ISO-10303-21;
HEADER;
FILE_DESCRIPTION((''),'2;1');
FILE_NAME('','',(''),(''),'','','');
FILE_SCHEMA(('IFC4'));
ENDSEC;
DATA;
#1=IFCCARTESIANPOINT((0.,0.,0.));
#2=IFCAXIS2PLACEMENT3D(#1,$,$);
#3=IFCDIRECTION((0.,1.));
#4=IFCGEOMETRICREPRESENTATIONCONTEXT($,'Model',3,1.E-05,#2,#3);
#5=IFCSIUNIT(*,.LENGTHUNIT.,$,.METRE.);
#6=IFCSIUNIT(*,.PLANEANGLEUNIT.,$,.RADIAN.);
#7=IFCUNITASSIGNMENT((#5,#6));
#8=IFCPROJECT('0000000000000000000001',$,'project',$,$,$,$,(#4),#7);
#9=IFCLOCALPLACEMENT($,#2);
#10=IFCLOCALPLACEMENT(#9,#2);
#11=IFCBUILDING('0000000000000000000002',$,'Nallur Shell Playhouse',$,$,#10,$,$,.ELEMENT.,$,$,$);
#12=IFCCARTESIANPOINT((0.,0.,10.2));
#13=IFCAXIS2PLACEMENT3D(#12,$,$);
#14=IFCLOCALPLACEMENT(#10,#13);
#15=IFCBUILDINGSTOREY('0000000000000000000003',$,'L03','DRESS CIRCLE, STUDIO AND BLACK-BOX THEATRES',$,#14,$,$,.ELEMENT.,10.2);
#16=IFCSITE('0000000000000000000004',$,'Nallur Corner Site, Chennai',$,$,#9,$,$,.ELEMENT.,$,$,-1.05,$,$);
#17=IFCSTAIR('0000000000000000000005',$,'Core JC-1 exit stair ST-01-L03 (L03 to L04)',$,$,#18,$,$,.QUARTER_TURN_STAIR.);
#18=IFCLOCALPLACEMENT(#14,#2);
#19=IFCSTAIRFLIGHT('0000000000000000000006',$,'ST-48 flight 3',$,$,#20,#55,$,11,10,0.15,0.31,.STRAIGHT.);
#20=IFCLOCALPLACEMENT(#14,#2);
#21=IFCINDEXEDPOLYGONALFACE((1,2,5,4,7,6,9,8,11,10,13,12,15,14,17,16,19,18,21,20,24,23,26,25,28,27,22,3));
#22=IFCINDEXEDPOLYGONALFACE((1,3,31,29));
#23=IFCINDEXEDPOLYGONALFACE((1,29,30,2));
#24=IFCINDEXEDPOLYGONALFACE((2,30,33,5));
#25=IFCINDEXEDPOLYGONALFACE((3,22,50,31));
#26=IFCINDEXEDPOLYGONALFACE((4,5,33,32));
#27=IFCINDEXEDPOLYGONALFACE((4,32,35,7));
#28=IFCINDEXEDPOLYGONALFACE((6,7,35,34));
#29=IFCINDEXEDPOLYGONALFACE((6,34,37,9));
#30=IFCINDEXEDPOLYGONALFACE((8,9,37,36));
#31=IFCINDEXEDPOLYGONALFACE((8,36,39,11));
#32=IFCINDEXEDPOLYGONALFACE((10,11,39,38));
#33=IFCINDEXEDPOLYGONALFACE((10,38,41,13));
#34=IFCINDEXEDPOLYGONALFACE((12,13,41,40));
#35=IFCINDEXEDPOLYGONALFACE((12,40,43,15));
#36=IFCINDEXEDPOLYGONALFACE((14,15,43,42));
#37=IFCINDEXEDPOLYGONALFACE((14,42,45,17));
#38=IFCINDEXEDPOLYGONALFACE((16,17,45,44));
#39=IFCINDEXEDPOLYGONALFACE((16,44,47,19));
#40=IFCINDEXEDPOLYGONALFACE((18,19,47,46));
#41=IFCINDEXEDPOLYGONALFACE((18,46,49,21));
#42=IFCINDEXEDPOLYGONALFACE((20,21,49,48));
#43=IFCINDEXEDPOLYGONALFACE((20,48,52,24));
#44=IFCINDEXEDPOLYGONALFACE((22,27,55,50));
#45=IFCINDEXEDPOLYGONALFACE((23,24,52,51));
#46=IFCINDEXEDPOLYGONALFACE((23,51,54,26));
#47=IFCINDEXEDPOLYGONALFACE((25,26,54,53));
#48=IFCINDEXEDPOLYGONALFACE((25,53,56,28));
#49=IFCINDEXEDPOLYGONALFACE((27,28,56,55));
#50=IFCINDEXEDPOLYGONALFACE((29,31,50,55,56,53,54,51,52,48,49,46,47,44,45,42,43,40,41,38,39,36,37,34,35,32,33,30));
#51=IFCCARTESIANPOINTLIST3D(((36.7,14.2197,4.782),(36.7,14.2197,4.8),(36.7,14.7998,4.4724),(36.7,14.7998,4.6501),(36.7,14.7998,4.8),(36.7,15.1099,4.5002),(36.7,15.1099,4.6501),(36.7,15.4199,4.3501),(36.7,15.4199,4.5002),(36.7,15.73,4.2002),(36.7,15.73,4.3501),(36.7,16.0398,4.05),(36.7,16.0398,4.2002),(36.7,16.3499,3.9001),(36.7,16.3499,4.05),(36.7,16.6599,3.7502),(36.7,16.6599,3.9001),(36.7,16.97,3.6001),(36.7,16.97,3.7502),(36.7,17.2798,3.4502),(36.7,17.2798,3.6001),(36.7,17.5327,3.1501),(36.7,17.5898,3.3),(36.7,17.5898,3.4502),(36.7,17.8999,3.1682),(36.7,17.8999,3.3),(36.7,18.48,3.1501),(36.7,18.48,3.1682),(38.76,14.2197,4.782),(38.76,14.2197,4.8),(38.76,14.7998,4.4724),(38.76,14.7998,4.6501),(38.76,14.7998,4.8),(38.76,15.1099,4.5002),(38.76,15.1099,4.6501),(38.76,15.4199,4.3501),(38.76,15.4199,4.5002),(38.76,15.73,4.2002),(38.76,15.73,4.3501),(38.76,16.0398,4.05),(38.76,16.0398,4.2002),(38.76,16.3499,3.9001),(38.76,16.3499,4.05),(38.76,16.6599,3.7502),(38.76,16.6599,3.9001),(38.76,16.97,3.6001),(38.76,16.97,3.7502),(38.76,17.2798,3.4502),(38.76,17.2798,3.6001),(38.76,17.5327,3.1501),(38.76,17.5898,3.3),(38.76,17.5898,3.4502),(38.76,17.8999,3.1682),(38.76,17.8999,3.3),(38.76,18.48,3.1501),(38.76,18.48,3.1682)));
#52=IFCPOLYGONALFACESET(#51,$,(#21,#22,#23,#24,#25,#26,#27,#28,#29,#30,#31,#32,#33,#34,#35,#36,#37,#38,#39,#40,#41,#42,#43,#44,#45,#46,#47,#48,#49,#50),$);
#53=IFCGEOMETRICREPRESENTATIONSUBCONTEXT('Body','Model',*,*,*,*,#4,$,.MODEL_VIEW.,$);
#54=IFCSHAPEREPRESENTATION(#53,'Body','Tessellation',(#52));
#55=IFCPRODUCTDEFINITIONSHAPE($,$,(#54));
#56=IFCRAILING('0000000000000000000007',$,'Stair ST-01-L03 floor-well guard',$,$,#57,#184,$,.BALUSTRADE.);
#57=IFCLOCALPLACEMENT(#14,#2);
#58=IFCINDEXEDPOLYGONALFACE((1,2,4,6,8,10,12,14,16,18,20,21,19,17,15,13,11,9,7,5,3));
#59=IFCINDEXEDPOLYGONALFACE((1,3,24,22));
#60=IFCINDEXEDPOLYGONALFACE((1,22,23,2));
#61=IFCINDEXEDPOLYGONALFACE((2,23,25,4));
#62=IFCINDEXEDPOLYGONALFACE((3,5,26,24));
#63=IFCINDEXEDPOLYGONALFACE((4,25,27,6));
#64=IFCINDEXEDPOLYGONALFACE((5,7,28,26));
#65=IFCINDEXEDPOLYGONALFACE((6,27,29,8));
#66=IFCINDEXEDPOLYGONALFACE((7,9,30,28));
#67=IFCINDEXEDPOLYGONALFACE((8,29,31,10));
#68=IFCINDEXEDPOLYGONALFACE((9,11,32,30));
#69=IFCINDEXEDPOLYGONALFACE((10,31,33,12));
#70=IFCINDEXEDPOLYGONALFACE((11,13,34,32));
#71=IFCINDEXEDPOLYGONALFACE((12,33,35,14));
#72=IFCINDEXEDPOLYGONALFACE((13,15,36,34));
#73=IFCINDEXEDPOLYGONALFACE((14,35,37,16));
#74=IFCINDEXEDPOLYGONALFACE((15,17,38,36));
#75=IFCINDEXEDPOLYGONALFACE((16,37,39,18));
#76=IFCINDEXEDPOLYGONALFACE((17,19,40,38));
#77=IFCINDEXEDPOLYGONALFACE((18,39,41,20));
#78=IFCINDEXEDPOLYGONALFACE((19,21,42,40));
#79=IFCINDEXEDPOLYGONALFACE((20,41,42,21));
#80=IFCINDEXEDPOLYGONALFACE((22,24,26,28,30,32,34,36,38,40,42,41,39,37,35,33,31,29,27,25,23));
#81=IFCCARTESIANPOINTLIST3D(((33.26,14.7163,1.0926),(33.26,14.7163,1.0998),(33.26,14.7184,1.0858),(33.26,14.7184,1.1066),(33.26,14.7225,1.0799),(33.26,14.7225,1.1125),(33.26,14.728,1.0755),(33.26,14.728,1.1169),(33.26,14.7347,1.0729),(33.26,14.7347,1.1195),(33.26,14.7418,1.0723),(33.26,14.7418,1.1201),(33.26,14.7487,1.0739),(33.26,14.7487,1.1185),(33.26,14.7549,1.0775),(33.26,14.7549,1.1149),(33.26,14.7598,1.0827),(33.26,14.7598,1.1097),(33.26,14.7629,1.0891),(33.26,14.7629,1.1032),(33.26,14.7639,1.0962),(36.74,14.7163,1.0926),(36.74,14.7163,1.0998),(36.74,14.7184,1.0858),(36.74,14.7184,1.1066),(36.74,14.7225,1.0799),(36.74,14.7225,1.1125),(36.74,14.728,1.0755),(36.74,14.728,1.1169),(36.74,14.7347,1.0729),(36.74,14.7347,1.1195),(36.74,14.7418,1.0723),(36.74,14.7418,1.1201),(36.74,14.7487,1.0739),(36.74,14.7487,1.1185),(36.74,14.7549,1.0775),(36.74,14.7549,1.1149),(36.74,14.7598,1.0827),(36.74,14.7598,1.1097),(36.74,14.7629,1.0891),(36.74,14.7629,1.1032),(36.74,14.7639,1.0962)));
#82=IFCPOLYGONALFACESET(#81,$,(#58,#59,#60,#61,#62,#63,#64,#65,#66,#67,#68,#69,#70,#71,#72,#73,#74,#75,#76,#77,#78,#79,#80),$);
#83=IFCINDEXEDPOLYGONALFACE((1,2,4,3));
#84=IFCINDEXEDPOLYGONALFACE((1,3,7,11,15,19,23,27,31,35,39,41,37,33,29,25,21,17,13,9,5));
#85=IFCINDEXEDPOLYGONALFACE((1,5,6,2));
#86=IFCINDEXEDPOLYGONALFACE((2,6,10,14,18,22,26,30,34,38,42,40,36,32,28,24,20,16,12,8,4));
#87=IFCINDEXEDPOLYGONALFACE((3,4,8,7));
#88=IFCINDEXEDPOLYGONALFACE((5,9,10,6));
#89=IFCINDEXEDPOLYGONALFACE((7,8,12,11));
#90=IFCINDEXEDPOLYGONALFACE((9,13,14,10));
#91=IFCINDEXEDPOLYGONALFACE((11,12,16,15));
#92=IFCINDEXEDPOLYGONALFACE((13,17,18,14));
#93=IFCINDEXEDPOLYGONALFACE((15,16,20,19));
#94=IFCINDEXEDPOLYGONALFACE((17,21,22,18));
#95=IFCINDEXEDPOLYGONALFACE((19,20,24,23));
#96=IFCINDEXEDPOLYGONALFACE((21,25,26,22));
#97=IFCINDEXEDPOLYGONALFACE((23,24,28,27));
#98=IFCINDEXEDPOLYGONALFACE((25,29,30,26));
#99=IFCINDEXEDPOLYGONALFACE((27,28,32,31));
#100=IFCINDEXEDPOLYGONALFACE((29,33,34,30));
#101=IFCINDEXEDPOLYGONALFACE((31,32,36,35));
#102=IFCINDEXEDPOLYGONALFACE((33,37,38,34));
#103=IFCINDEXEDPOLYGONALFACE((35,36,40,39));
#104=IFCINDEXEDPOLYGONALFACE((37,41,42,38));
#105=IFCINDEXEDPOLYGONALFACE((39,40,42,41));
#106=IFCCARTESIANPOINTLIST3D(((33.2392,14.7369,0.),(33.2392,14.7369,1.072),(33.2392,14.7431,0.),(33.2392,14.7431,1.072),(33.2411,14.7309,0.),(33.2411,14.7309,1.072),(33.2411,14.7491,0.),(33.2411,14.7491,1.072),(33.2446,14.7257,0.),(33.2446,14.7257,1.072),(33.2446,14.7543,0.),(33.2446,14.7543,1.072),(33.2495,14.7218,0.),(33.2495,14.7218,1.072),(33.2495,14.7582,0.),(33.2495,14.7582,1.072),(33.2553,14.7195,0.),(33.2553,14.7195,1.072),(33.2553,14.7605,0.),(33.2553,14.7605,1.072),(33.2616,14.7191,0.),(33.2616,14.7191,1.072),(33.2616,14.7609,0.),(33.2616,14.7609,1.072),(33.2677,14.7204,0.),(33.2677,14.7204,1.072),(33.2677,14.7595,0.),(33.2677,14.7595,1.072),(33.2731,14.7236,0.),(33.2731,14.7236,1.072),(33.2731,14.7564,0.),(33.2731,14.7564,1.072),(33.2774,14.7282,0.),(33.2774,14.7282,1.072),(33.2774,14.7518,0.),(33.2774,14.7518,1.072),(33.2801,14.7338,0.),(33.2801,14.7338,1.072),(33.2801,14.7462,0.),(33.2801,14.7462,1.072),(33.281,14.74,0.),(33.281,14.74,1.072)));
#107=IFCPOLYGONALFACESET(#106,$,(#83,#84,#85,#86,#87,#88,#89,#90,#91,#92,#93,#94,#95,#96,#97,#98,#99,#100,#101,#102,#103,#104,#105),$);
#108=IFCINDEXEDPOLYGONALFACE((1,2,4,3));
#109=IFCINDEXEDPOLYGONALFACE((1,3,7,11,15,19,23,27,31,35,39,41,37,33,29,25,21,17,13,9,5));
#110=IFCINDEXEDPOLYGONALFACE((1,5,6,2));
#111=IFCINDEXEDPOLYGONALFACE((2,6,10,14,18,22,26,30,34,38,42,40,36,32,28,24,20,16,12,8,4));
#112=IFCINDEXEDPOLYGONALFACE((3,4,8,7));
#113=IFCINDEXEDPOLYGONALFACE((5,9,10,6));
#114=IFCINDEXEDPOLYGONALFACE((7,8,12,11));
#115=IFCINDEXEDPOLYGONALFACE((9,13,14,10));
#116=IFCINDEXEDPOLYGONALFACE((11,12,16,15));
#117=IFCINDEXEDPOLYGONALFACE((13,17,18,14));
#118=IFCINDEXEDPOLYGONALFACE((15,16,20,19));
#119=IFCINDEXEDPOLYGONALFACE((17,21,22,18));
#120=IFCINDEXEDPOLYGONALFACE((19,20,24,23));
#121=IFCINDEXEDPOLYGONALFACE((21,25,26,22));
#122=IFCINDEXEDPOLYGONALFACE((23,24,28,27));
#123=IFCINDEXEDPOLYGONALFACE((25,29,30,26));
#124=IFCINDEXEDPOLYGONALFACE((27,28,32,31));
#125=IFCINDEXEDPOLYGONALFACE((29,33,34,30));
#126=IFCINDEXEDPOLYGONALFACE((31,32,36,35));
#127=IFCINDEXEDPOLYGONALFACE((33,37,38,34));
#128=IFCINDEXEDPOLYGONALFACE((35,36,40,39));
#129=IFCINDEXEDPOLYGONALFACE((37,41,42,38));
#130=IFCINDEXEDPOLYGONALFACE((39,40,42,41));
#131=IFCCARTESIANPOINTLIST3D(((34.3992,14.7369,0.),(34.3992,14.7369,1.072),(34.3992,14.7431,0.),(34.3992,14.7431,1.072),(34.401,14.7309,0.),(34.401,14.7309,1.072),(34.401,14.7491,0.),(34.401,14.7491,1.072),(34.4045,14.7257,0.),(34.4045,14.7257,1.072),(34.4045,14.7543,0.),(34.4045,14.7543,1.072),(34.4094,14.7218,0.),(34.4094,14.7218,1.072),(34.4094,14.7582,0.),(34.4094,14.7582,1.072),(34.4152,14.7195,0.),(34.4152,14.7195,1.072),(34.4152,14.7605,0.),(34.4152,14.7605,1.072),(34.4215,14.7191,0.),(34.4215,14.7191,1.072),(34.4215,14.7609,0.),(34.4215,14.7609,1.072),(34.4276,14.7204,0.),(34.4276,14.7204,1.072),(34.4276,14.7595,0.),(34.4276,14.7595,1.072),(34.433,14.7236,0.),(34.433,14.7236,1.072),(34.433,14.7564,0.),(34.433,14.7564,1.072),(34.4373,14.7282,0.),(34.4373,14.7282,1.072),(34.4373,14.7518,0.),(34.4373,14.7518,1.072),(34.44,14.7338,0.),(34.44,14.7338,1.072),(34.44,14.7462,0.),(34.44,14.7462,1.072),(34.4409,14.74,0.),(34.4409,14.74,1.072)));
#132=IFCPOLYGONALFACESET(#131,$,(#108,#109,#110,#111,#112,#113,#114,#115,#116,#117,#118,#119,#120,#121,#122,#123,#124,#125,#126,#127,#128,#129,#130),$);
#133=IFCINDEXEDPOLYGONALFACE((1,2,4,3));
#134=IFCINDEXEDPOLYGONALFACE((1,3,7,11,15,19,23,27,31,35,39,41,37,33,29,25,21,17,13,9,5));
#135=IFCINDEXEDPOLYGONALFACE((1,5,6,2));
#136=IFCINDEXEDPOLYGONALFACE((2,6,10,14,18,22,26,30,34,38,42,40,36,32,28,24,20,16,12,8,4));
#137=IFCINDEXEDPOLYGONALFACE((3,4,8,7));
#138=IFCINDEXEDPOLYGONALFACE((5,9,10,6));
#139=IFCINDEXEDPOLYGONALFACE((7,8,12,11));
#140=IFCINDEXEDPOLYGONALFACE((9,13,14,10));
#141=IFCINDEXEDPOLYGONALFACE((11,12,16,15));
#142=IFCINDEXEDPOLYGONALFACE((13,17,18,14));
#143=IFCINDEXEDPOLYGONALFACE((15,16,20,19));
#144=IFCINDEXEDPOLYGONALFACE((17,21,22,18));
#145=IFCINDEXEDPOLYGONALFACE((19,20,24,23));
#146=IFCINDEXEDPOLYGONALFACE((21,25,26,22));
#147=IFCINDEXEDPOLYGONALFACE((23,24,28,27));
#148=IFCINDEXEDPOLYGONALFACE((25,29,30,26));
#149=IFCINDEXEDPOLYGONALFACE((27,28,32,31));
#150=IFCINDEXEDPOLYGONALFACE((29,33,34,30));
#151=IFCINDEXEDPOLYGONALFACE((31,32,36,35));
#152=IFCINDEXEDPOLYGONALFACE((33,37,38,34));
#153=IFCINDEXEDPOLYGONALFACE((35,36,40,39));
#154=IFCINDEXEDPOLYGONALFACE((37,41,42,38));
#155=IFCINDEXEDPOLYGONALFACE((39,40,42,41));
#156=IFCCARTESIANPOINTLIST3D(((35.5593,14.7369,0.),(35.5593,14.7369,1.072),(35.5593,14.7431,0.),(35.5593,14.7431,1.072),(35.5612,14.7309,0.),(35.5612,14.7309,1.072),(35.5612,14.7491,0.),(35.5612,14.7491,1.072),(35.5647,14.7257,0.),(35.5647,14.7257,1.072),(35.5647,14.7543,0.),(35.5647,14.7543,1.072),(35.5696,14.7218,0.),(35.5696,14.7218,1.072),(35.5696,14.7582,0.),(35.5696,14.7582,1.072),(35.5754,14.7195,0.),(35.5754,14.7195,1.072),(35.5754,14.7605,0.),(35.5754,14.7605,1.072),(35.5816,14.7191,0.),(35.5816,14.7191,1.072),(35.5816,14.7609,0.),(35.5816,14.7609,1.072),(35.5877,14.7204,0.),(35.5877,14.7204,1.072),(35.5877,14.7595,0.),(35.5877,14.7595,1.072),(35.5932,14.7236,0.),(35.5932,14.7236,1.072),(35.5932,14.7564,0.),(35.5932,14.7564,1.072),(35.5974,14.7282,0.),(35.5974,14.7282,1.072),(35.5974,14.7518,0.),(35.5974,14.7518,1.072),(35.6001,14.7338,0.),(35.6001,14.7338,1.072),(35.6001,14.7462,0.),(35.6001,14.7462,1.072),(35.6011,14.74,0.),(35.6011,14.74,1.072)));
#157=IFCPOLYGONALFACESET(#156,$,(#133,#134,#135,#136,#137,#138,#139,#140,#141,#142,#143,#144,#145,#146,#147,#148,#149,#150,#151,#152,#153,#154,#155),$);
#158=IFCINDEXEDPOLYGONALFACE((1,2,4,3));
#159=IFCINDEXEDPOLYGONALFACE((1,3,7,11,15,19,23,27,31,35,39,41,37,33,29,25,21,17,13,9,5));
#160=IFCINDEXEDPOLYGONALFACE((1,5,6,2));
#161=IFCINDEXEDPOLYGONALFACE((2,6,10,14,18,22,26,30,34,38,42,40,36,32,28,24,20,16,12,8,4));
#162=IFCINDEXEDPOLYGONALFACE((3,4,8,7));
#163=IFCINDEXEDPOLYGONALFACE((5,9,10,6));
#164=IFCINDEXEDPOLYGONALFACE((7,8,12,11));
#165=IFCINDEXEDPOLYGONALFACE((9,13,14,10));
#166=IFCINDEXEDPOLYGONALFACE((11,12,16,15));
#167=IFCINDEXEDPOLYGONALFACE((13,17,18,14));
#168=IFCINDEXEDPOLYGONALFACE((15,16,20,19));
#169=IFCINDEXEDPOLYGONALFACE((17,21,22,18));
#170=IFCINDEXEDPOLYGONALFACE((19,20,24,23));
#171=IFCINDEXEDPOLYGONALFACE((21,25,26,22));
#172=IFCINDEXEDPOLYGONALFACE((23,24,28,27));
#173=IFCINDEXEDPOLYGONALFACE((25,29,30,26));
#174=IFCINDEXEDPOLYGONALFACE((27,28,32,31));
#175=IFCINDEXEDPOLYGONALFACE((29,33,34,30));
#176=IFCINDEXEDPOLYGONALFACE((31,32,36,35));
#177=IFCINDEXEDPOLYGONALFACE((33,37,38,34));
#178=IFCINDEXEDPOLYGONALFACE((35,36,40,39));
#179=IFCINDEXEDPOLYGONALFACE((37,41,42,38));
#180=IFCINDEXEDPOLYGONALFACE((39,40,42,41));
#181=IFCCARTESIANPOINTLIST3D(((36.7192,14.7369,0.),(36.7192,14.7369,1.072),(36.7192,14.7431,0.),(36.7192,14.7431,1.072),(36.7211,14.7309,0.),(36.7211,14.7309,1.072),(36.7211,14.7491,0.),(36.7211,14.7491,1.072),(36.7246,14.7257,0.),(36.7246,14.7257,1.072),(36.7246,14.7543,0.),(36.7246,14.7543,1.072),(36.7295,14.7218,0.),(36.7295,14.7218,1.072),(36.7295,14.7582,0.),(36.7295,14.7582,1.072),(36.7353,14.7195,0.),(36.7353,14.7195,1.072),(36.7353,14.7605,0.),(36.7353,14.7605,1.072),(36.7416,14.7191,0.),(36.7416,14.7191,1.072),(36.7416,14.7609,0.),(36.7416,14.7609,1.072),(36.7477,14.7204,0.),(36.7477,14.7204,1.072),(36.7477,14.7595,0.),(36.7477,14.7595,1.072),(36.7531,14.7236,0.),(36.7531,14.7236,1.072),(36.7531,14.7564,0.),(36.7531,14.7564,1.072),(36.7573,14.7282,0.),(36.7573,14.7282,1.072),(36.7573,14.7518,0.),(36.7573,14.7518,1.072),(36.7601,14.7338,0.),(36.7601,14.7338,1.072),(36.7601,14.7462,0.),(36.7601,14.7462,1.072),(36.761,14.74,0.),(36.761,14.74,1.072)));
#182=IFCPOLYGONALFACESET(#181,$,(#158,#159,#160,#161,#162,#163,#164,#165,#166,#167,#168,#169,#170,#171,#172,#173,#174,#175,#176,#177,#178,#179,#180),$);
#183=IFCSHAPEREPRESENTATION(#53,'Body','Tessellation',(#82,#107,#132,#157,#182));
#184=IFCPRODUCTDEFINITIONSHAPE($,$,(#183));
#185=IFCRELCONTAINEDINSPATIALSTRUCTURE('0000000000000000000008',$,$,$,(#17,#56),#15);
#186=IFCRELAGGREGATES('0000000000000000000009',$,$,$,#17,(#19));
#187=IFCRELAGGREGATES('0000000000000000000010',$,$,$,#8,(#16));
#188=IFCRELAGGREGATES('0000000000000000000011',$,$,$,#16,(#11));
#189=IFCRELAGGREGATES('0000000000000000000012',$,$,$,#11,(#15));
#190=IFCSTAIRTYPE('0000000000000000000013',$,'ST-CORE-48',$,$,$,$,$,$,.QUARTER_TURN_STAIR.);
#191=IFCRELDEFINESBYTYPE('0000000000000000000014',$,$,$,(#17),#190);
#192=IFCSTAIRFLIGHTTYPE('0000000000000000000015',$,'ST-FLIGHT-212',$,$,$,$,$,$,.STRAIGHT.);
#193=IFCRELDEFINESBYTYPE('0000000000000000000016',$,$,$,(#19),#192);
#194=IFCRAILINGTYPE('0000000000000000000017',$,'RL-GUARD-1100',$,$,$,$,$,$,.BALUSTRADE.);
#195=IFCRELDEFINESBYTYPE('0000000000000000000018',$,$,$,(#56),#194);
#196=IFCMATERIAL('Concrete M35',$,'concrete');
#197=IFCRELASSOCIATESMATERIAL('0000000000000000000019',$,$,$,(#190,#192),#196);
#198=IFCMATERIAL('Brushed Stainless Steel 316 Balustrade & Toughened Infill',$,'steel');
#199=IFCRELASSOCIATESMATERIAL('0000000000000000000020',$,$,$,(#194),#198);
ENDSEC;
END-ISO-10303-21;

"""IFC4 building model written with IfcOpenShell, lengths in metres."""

from ifc_helpers import new_model, si_unit, direction, frame, origin, origin_2d, place, context, subcontext, project, spatial, polyline, circle, outline, extrude, material, type_object, element, aggregate, save


model = new_model("IFC4")

# Units and contexts
model_context = context("Model", 3, precision=1e-05, world=origin(), true_north=direction((0.0, 1.0)))
body_context = subcontext(model_context, "Body", "Model", "MODEL_VIEW")
ifc_project = project(units=[si_unit("LENGTHUNIT", "METRE"), si_unit("PLANEANGLEUNIT", "RADIAN")], contexts=[model_context])

# Site, building, storey
site_placement = place(None, origin())
site = spatial("IfcSite", under=ifc_project, at=site_placement, Name="Nallur Corner Site, Chennai", CompositionType="ELEMENT", RefElevation=-1.05)
building_placement = place(site_placement, origin())
building = spatial("IfcBuilding", under=site, at=building_placement, Name="Nallur Shell Playhouse", CompositionType="ELEMENT")
storey_placement = place(building_placement, frame((0.0, 0.0, 10.2)))
storey = spatial("IfcBuildingStorey", under=building, at=storey_placement, Name="L03", Description="DRESS CIRCLE, STUDIO AND BLACK-BOX THEATRES", CompositionType="ELEMENT", Elevation=10.2)

# Shared definitions
ifc_material_1 = material(Name="Concrete M35", Category="concrete")

# Stair, stair flight
stair_type = type_object("IfcStairType", Name="ST-CORE-48", PredefinedType="QUARTER_TURN_STAIR", material=ifc_material_1)
stair_placement = place(storey_placement, origin())
stair = element("IfcStair", 1, at=stair_placement, inside=storey, type_object=stair_type, Name="Core JC-1 exit stair ST-01-L03 (L03 to L04)", PredefinedType="QUARTER_TURN_STAIR")
stair_flight_type = type_object("IfcStairFlightType", Name="ST-FLIGHT-212", PredefinedType="STRAIGHT", material=ifc_material_1)
stair_flight_1_placement = place(storey_placement, frame((37.73, 17.8999, 3.1501), z_axis=(0.0, 0.0, 1.0), x_axis=(0.0, -1.0, 0.0)))
stair_flight_1 = element("IfcStairFlight", 2, at=stair_flight_1_placement, type_object=stair_flight_type, Name="ST-48 flight 3", NumberOfRisers=11, NumberOfTreads=10, PredefinedType="STRAIGHT", RiserHeight=0.15, TreadLength=0.31, context=body_context, shape_type="SweptSolid", body=[
    extrude(outline(polyline([(-0.5801, 0.0), (-0.5801, 0.0181), (0.0, 0.0181), (0.0, 0.1499), (0.3101, 0.1499), (0.3101, 0.3), (0.6201, 0.3), (0.6201, 0.45), (0.9299, 0.45), (0.9299, 0.6001), (1.24, 0.6001), (1.24, 0.75), (1.55, 0.75), (1.55, 0.8999), (1.8601, 0.8999), (1.8601, 1.05), (2.1699, 1.05), (2.1699, 1.2), (2.48, 1.2), (2.48, 1.3501), (2.79, 1.3501), (2.79, 1.5), (3.1001, 1.5), (3.1001, 1.6499), (3.6802, 1.6499), (3.6802, 1.6318), (3.1001, 1.3223), (0.3672, 0.0), (-0.5801, 0.0)])), frame((0.0, 1.03, 0.0), z_axis=(0.0, -1.0, 0.0), x_axis=(1.0, 0.0, 0.0)), (0.0, 0.0, 1.0), 2.0601),
])
aggregate(stair, [stair_flight_1])

# Railing
ifc_material_2 = material(Name="Brushed Stainless Steel 316 Balustrade & Toughened Infill", Category="steel")
railing_type = type_object("IfcRailingType", Name="RL-GUARD-1100", PredefinedType="BALUSTRADE", material=ifc_material_2)
railing_1_placement = place(storey_placement, frame((33.26, 14.74, 0.0)))
element("IfcRailing", 3, at=railing_1_placement, inside=storey, type_object=railing_type, Name="Stair ST-01-L03 floor-well guard", PredefinedType="BALUSTRADE", context=body_context, shape_type="SweptSolid", body=[
    extrude(circle(Radius=0.0239, at=origin_2d()), frame((0.0, 0.0, 1.0962), z_axis=(1.0, 0.0, 0.0), x_axis=(0.0, 1.0, 0.0)), (0.0, 0.0, 1.0), 3.48),
    extrude(circle(Radius=0.021, at=origin_2d()), origin(), (0.0, 0.0, 1.0), 1.072),
    extrude(circle(Radius=0.021, at=origin_2d()), frame((1.1599, 0.0, 0.0)), (0.0, 0.0, 1.0), 1.072),
    extrude(circle(Radius=0.021, at=origin_2d()), frame((2.3201, 0.0, 0.0)), (0.0, 0.0, 1.0), 1.072),
    extrude(circle(Radius=0.021, at=origin_2d()), frame((3.48, 0.0, 0.0)), (0.0, 0.0, 1.0), 1.072),
])

save(model, "model.ifc")
